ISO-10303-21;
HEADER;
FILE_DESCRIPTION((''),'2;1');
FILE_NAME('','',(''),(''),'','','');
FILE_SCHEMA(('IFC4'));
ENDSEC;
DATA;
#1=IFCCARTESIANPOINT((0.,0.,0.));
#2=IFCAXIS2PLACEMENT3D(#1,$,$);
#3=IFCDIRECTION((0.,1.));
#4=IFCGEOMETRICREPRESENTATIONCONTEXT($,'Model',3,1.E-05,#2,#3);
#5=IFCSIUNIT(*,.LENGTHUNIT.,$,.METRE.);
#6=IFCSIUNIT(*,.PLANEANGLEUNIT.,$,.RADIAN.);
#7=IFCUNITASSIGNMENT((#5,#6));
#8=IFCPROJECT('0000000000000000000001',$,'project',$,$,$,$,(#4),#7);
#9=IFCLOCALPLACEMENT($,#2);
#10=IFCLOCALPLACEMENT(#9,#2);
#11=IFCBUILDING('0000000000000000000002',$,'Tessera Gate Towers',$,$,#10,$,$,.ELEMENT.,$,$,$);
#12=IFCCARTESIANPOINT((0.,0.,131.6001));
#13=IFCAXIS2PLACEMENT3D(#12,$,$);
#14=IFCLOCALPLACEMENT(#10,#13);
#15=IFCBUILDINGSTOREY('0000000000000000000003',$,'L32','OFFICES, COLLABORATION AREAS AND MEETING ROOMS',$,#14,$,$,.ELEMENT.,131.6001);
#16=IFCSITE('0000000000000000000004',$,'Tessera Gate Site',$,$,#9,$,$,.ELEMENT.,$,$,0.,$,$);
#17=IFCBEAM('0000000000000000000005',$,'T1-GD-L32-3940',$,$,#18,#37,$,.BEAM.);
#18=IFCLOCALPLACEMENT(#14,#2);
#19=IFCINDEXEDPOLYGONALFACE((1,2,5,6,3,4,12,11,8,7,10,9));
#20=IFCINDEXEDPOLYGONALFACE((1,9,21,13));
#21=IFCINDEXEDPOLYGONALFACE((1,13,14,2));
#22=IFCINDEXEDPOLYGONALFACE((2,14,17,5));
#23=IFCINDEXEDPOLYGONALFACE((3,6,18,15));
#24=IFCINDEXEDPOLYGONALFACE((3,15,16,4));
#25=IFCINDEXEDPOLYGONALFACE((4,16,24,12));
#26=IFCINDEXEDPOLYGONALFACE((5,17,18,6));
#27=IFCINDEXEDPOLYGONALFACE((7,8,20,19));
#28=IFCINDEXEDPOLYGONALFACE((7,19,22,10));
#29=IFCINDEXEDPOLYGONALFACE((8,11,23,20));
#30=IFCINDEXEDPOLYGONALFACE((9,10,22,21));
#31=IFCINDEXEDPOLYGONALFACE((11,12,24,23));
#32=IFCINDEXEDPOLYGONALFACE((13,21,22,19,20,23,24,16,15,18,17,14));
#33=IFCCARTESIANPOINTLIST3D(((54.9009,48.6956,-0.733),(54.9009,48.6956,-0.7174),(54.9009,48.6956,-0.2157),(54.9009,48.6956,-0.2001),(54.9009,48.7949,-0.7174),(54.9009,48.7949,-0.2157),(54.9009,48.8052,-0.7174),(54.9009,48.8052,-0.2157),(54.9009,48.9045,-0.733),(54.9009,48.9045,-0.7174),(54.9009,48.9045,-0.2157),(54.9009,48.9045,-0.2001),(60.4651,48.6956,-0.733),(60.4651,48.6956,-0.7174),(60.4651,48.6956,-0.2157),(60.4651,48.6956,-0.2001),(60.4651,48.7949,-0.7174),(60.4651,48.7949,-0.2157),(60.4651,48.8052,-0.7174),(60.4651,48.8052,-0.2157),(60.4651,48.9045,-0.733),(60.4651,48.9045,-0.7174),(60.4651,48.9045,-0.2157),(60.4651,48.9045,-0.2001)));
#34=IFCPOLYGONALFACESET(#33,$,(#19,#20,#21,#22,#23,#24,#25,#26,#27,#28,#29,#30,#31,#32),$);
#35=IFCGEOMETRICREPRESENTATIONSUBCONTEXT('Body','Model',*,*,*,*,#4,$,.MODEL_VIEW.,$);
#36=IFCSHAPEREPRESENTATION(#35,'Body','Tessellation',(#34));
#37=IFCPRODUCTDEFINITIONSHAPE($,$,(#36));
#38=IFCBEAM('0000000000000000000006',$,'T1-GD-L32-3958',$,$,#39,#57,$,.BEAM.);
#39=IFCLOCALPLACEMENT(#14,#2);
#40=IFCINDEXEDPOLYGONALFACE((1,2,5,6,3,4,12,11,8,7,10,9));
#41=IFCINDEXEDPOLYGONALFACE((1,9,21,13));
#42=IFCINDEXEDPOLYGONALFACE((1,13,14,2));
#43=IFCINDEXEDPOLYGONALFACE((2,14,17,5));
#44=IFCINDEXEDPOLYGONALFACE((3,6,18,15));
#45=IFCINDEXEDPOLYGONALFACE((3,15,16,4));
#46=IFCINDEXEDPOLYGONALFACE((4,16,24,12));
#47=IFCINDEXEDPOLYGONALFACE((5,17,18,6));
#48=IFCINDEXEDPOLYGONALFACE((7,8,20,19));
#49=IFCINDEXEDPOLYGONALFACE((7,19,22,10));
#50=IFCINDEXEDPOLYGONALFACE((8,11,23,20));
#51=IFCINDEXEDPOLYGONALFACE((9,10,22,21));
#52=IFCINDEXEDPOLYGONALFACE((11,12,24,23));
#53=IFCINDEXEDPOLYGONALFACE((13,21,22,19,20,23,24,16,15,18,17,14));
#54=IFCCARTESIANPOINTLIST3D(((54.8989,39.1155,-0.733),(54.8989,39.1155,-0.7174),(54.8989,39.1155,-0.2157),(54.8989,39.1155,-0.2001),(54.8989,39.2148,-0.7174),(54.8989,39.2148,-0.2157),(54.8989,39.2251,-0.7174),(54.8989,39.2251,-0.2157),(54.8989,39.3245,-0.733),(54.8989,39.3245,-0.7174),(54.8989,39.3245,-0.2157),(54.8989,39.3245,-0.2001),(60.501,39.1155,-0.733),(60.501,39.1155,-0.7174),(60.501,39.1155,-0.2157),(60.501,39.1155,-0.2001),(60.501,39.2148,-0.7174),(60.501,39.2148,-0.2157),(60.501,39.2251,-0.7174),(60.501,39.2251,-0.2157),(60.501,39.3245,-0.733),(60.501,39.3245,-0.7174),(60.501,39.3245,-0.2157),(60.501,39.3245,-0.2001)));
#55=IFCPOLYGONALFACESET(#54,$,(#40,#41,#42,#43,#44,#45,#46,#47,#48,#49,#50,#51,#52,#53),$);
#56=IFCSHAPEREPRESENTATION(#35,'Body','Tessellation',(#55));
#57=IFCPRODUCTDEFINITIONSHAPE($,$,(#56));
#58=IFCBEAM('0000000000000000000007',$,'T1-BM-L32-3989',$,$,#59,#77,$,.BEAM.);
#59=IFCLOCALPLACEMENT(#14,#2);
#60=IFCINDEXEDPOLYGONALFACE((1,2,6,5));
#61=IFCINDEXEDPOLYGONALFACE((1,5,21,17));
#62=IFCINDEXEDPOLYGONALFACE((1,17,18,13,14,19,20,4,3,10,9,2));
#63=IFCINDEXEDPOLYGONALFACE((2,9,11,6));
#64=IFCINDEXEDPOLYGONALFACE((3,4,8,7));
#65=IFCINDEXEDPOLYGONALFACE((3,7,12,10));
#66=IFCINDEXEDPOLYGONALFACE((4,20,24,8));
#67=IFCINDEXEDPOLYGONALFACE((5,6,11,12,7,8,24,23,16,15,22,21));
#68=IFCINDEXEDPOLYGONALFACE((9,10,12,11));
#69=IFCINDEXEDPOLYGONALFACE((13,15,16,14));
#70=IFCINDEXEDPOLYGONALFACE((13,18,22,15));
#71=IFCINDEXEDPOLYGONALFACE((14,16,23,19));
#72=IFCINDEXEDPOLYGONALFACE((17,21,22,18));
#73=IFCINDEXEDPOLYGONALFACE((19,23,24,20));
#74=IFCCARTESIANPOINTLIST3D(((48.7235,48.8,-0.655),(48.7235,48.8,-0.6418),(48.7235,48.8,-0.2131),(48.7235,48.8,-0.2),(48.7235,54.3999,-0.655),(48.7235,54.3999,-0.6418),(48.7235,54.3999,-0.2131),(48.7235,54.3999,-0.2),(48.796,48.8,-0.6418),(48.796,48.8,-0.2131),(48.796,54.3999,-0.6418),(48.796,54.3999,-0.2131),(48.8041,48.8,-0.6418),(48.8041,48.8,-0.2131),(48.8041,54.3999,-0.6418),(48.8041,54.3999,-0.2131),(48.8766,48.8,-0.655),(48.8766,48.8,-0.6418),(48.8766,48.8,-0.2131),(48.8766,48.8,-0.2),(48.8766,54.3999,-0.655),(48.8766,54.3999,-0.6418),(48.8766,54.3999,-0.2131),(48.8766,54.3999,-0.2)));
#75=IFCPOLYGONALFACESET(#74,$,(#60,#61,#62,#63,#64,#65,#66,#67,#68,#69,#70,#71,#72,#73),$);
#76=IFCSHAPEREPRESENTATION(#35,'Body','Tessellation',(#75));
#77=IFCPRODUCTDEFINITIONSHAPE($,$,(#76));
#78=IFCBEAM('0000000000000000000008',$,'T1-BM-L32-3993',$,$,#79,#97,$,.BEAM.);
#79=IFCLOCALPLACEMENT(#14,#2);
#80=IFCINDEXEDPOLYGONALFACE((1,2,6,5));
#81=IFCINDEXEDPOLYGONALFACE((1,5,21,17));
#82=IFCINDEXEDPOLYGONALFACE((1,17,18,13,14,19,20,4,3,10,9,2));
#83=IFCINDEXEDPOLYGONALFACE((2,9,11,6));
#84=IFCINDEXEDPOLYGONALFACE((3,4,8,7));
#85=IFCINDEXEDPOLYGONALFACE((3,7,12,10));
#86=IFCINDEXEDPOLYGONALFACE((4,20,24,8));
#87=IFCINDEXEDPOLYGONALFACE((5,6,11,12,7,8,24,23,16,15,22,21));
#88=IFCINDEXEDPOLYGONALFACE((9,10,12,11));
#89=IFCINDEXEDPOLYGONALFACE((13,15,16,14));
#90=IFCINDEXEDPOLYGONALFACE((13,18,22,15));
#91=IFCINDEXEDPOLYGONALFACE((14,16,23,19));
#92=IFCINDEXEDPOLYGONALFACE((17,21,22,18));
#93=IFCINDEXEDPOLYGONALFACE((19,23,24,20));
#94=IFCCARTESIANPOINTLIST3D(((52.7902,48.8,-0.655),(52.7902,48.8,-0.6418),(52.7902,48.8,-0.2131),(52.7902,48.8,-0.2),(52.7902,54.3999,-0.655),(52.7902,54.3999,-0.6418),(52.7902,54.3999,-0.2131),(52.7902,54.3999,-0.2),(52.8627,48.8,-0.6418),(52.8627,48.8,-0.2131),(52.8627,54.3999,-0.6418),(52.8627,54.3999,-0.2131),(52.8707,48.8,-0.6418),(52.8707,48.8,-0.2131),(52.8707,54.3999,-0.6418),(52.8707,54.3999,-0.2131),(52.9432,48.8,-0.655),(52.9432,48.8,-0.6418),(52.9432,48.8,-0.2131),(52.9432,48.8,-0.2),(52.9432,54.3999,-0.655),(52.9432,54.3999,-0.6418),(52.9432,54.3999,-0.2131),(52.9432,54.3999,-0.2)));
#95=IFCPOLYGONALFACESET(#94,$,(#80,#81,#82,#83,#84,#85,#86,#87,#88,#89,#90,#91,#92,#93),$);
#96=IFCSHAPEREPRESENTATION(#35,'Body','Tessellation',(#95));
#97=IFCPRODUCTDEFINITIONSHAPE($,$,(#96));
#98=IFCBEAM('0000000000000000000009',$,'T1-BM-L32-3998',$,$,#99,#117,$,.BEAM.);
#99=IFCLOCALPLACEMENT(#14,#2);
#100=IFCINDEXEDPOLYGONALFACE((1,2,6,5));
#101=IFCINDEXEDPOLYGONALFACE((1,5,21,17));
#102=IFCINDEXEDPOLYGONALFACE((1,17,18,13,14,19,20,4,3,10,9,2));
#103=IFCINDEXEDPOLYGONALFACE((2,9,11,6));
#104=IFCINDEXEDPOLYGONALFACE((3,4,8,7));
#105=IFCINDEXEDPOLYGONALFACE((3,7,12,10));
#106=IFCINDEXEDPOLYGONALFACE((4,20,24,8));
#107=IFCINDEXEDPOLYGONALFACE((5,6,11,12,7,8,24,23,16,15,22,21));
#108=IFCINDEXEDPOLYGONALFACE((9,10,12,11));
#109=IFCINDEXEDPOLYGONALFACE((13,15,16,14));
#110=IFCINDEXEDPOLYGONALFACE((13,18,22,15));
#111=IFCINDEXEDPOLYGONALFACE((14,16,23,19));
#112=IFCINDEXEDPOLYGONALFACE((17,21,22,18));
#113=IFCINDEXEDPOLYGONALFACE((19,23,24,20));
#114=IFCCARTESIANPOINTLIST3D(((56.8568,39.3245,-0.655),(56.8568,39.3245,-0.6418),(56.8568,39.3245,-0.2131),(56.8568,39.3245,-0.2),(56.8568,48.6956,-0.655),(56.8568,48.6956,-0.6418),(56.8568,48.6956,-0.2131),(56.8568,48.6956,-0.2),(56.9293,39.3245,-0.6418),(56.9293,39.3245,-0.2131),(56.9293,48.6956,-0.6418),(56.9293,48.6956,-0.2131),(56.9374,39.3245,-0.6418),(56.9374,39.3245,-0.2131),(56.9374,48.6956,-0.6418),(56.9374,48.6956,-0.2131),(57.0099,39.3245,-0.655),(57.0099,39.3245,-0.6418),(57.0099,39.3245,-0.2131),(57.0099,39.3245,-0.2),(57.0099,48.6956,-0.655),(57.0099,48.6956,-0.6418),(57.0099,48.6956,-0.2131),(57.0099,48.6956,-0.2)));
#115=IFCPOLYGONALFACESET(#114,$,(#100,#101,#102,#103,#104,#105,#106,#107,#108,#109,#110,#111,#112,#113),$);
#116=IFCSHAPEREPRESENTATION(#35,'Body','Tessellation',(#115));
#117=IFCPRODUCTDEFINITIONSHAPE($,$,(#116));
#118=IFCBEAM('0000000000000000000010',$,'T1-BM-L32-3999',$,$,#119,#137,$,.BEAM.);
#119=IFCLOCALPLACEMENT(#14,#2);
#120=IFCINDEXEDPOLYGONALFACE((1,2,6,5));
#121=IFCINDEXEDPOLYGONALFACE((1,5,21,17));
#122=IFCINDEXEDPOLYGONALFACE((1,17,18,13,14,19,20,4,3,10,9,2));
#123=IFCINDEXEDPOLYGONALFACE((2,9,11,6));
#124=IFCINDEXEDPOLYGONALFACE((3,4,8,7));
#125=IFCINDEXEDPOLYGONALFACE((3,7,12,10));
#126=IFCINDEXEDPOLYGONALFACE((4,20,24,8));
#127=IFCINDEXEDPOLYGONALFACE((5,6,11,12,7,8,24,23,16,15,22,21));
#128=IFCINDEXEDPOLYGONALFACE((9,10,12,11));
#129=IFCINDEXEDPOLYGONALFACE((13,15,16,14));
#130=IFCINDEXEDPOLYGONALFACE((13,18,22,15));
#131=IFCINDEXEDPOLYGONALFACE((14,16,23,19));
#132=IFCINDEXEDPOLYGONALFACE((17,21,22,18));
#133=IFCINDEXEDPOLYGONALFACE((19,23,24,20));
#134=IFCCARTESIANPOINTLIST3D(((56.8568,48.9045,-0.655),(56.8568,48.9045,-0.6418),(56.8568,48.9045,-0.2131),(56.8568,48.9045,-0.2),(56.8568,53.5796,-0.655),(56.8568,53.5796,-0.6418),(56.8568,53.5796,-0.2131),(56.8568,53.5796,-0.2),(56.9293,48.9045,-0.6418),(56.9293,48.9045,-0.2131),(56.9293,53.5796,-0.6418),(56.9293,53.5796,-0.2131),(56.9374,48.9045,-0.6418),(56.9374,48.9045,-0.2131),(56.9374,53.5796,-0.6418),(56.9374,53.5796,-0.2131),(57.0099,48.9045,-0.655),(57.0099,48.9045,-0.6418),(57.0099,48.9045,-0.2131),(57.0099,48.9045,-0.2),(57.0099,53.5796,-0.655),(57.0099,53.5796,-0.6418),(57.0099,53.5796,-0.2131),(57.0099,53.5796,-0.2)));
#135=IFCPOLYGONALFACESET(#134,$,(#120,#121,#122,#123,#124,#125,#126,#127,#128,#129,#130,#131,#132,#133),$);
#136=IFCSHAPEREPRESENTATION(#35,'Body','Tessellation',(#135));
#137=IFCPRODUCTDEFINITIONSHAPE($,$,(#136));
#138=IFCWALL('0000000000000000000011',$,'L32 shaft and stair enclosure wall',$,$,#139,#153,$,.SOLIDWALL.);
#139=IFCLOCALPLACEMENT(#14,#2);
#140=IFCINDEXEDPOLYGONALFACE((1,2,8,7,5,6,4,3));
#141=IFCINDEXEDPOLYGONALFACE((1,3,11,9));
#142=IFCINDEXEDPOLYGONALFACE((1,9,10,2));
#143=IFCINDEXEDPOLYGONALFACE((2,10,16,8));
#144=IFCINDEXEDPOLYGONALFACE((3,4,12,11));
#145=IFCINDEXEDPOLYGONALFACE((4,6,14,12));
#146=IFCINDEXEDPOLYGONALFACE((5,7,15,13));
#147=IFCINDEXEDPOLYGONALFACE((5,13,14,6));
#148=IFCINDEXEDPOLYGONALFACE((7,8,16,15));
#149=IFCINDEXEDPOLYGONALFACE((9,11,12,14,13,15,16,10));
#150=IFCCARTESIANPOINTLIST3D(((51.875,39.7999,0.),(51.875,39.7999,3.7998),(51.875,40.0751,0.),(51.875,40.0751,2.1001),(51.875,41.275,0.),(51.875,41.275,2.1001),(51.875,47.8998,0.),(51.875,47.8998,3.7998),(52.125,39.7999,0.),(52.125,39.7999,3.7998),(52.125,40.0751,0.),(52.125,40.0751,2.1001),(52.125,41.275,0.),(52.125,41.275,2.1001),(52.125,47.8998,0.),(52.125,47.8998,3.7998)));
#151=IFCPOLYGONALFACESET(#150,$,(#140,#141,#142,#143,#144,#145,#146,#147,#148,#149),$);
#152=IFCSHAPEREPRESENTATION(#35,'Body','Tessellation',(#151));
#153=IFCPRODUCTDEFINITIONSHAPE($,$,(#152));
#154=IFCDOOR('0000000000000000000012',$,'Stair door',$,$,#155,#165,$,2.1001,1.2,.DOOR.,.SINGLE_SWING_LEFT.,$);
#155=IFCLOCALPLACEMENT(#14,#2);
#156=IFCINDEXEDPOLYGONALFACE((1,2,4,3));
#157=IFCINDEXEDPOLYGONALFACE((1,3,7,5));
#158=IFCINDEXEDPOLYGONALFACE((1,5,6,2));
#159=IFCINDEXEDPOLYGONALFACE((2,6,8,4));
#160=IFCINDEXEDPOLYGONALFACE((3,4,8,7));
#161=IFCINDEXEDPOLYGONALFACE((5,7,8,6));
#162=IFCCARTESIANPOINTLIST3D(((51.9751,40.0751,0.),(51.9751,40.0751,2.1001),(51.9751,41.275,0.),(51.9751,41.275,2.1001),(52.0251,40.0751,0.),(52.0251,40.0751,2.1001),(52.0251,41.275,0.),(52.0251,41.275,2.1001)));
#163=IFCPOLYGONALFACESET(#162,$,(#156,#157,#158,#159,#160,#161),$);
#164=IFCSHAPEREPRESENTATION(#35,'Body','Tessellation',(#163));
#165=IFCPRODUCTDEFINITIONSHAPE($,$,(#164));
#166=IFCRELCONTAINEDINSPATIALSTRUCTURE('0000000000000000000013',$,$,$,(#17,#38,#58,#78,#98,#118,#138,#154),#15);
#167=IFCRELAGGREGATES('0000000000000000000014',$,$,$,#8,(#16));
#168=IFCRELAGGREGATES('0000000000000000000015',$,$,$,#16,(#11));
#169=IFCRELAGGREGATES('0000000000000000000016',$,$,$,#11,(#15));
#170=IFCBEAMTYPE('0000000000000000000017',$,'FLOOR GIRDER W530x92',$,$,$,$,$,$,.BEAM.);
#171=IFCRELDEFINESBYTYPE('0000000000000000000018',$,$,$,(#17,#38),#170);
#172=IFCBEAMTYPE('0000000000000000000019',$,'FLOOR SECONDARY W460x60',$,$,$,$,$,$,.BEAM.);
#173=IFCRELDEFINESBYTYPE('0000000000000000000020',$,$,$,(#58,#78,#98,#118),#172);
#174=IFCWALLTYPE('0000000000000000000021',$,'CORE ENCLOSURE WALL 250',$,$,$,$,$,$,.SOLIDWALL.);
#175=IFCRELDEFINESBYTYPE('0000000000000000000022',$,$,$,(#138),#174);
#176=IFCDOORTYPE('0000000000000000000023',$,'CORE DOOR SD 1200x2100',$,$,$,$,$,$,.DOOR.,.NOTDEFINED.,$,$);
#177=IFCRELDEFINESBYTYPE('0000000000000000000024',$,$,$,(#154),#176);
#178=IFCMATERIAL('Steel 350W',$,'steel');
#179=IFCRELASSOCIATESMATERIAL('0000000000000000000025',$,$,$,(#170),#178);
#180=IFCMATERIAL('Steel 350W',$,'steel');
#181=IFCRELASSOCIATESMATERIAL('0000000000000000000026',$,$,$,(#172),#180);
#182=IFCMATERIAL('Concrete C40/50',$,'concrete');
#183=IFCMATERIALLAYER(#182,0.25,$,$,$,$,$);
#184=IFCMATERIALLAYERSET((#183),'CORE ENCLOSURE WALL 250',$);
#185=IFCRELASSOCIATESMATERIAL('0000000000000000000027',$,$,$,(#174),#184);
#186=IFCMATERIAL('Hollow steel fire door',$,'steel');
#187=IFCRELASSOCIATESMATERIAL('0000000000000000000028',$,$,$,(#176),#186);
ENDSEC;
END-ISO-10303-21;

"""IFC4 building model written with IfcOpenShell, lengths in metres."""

from ifc_helpers import new_model, si_unit, direction, frame, frame_2d, origin, origin_2d, place, context, subcontext, project, spatial, rectangle, i_section, extrude, source, transform, mapped, material, layer, layer_set, material_profile, profile_set, type_object, element, fill, save


model = new_model("IFC4")

# Units and contexts
model_context = context("Model", 3, precision=1e-05, world=origin(), true_north=direction((0.0, 1.0)))
body_context = subcontext(model_context, "Body", "Model", "MODEL_VIEW")
ifc_project = project(units=[si_unit("LENGTHUNIT", "METRE"), si_unit("PLANEANGLEUNIT", "RADIAN")], contexts=[model_context])

# Site, building, storey
site_placement = place(None, origin())
site = spatial("IfcSite", under=ifc_project, at=site_placement, Name="Tessera Gate Site", CompositionType="ELEMENT", RefElevation=0.0)
building_placement = place(site_placement, origin())
building = spatial("IfcBuilding", under=site, at=building_placement, Name="Tessera Gate Towers", CompositionType="ELEMENT")
storey_placement = place(building_placement, frame((0.0, 0.0, 131.6001)))
storey = spatial("IfcBuildingStorey", under=building, at=storey_placement, Name="L32", Description="OFFICES, COLLABORATION AREAS AND MEETING ROOMS", CompositionType="ELEMENT", Elevation=131.6001)

# Beams
ifc_material_1 = material(Name="Steel 350W", Category="steel")
ifc_material_profile_1 = material_profile(ifc_material_1, i_section(OverallWidth=0.209, OverallDepth=0.533, WebThickness=0.0103, FlangeThickness=0.0156, at=origin_2d()), Name="W530x92")
ifc_profile_set_1 = profile_set([ifc_material_profile_1], Name="Steel 350W")
beam_type_1 = type_object("IfcBeamType", Name="FLOOR GIRDER W530x92", PredefinedType="BEAM", material=ifc_profile_set_1)
beam_1_placement = place(storey_placement, frame((54.9009, 48.8, -0.4666), z_axis=(1.0, 0.0, 0.0), x_axis=(0.0, 1.0, 0.0)))
element("IfcBeam", 1, at=beam_1_placement, inside=storey, type_object=beam_type_1, Name="T1-GD-L32-3940", PredefinedType="BEAM", context=body_context, shape_type="SweptSolid", body=[
    extrude(i_section(OverallWidth=0.209, OverallDepth=0.533, WebThickness=0.0103, FlangeThickness=0.0156, at=origin_2d()), origin(), (0.0, 0.0, 1.0), 5.5642),
])
beam_2_placement = place(storey_placement, frame((54.8989, 39.22, -0.4666), z_axis=(1.0, 0.0, 0.0), x_axis=(0.0, 1.0, 0.0)))
element("IfcBeam", 2, at=beam_2_placement, inside=storey, type_object=beam_type_1, Name="T1-GD-L32-3958", PredefinedType="BEAM", context=body_context, shape_type="SweptSolid", body=[
    extrude(i_section(OverallWidth=0.209, OverallDepth=0.533, WebThickness=0.0103, FlangeThickness=0.0156, at=origin_2d()), origin(), (0.0, 0.0, 1.0), 5.6021),
])
ifc_material_2 = material(Name="Steel 350W", Category="steel")
ifc_material_profile_2 = material_profile(ifc_material_2, i_section(OverallWidth=0.1531, OverallDepth=0.4551, WebThickness=0.0081, FlangeThickness=0.0132, at=origin_2d()), Name="W460x60")
ifc_profile_set_2 = profile_set([ifc_material_profile_2], Name="Steel 350W")
beam_type_2 = type_object("IfcBeamType", Name="FLOOR SECONDARY W460x60", PredefinedType="BEAM", material=ifc_profile_set_2)
for number, where, z_axis, x_axis, name in (
    (3, (48.8, 48.8, -0.4275), (0.0, 1.0, 0.0), (-1.0, 0.0, 0.0), "T1-BM-L32-3989"),
    (4, (52.8667, 48.8, -0.4275), (0.0, 1.0, 0.0), (-1.0, 0.0, 0.0), "T1-BM-L32-3993"),
):
    element("IfcBeam", number, at=place(storey_placement, frame(where, z_axis=z_axis, x_axis=x_axis)), inside=storey, type_object=beam_type_2, Name=name, PredefinedType="BEAM", context=body_context, shape_type="SweptSolid", body=[
        extrude(i_section(OverallWidth=0.1531, OverallDepth=0.4551, WebThickness=0.0081, FlangeThickness=0.0132, at=origin_2d()), origin(), (0.0, 0.0, 1.0), 5.5999),
    ])
beam_3_placement = place(storey_placement, frame((56.9333, 39.3245, -0.4275), z_axis=(0.0, 1.0, 0.0), x_axis=(-1.0, 0.0, 0.0)))
element("IfcBeam", 5, at=beam_3_placement, inside=storey, type_object=beam_type_2, Name="T1-BM-L32-3998", PredefinedType="BEAM", context=body_context, shape_type="SweptSolid", body=[
    extrude(i_section(OverallWidth=0.1531, OverallDepth=0.4551, WebThickness=0.0081, FlangeThickness=0.0132, at=origin_2d()), origin(), (0.0, 0.0, 1.0), 9.3711),
])
beam_4_placement = place(storey_placement, frame((56.9333, 48.9045, -0.4275), z_axis=(0.0, 1.0, 0.0), x_axis=(-1.0, 0.0, 0.0)))
element("IfcBeam", 6, at=beam_4_placement, inside=storey, type_object=beam_type_2, Name="T1-BM-L32-3999", PredefinedType="BEAM", context=body_context, shape_type="SweptSolid", body=[
    extrude(i_section(OverallWidth=0.1531, OverallDepth=0.4551, WebThickness=0.0081, FlangeThickness=0.0132, at=origin_2d()), origin(), (0.0, 0.0, 1.0), 4.675),
])

# Wall, opening, door
ifc_material_3 = material(Name="Concrete C40/50", Category="concrete")
ifc_layer_1 = layer(ifc_material_3, 0.25)
ifc_layer_set_1 = layer_set([ifc_layer_1], Name="CORE ENCLOSURE WALL 250")
wall_type_1 = type_object("IfcWallType", Name="CORE ENCLOSURE WALL 250", PredefinedType="SOLIDWALL", material=ifc_layer_set_1)
wall_1_placement = place(storey_placement, frame((52.0, 39.8, 0.0), z_axis=(0.0, 0.0, 1.0), x_axis=(0.0, 1.0, 0.0)))
wall_1 = element("IfcWall", 7, at=wall_1_placement, inside=storey, type_object=wall_type_1, Name="L32 shaft and stair enclosure wall", PredefinedType="SOLIDWALL", context=body_context, shape_type="SweptSolid", body=[
    extrude(rectangle(XDim=8.0999, YDim=0.25, at=frame_2d((4.0498, 0.0))), origin(), (0.0, 0.0, 1.0), 3.7998),
])
shared_shape_1 = source(origin(), body_context, "Body", "SweptSolid", [
    extrude(rectangle(XDim=1.2, YDim=2.1001, at=frame_2d((0.6001, 1.05))), frame((0.0, 0.135, 0.0), z_axis=(0.0, -1.0, 0.0), x_axis=(1.0, 0.0, 0.0)), (0.0, 0.0, 1.0), 0.27),
])
opening_1_placement = place(wall_1_placement, frame((0.2749, 0.0, 0.0)))
opening_1 = element("IfcOpeningElement", 8, at=opening_1_placement, cuts=wall_1, PredefinedType="OPENING", context=body_context, shape_type="MappedRepresentation", body=[
    mapped(shared_shape_1, transform((0.0, 0.0, 0.0), scale=1.0)),
])
ifc_material_4 = material(Name="Hollow steel fire door", Category="steel")
door_type_1 = type_object("IfcDoorType", Name="CORE DOOR SD 1200x2100", OperationType="NOTDEFINED", PredefinedType="DOOR", material=ifc_material_4)
shared_shape_2 = source(origin(), body_context, "Body", "SweptSolid", [
    extrude(rectangle(XDim=1.2, YDim=2.1001, at=frame_2d((0.6001, 1.05))), frame((0.0, 0.0249, 0.0), z_axis=(0.0, -1.0, 0.0), x_axis=(1.0, 0.0, 0.0)), (0.0, 0.0, 1.0), 0.05),
])
door_1_placement = place(opening_1_placement, origin())
door_1 = element("IfcDoor", 9, at=door_1_placement, inside=storey, type_object=door_type_1, Name="Stair door", OperationType="SINGLE_SWING_LEFT", OverallHeight=2.1001, OverallWidth=1.2, PredefinedType="DOOR", context=body_context, shape_type="MappedRepresentation", body=[
    mapped(shared_shape_2, transform((0.0, 0.0, 0.0), scale=1.0)),
])
fill(opening_1, door_1)

save(model, "model.ifc")
